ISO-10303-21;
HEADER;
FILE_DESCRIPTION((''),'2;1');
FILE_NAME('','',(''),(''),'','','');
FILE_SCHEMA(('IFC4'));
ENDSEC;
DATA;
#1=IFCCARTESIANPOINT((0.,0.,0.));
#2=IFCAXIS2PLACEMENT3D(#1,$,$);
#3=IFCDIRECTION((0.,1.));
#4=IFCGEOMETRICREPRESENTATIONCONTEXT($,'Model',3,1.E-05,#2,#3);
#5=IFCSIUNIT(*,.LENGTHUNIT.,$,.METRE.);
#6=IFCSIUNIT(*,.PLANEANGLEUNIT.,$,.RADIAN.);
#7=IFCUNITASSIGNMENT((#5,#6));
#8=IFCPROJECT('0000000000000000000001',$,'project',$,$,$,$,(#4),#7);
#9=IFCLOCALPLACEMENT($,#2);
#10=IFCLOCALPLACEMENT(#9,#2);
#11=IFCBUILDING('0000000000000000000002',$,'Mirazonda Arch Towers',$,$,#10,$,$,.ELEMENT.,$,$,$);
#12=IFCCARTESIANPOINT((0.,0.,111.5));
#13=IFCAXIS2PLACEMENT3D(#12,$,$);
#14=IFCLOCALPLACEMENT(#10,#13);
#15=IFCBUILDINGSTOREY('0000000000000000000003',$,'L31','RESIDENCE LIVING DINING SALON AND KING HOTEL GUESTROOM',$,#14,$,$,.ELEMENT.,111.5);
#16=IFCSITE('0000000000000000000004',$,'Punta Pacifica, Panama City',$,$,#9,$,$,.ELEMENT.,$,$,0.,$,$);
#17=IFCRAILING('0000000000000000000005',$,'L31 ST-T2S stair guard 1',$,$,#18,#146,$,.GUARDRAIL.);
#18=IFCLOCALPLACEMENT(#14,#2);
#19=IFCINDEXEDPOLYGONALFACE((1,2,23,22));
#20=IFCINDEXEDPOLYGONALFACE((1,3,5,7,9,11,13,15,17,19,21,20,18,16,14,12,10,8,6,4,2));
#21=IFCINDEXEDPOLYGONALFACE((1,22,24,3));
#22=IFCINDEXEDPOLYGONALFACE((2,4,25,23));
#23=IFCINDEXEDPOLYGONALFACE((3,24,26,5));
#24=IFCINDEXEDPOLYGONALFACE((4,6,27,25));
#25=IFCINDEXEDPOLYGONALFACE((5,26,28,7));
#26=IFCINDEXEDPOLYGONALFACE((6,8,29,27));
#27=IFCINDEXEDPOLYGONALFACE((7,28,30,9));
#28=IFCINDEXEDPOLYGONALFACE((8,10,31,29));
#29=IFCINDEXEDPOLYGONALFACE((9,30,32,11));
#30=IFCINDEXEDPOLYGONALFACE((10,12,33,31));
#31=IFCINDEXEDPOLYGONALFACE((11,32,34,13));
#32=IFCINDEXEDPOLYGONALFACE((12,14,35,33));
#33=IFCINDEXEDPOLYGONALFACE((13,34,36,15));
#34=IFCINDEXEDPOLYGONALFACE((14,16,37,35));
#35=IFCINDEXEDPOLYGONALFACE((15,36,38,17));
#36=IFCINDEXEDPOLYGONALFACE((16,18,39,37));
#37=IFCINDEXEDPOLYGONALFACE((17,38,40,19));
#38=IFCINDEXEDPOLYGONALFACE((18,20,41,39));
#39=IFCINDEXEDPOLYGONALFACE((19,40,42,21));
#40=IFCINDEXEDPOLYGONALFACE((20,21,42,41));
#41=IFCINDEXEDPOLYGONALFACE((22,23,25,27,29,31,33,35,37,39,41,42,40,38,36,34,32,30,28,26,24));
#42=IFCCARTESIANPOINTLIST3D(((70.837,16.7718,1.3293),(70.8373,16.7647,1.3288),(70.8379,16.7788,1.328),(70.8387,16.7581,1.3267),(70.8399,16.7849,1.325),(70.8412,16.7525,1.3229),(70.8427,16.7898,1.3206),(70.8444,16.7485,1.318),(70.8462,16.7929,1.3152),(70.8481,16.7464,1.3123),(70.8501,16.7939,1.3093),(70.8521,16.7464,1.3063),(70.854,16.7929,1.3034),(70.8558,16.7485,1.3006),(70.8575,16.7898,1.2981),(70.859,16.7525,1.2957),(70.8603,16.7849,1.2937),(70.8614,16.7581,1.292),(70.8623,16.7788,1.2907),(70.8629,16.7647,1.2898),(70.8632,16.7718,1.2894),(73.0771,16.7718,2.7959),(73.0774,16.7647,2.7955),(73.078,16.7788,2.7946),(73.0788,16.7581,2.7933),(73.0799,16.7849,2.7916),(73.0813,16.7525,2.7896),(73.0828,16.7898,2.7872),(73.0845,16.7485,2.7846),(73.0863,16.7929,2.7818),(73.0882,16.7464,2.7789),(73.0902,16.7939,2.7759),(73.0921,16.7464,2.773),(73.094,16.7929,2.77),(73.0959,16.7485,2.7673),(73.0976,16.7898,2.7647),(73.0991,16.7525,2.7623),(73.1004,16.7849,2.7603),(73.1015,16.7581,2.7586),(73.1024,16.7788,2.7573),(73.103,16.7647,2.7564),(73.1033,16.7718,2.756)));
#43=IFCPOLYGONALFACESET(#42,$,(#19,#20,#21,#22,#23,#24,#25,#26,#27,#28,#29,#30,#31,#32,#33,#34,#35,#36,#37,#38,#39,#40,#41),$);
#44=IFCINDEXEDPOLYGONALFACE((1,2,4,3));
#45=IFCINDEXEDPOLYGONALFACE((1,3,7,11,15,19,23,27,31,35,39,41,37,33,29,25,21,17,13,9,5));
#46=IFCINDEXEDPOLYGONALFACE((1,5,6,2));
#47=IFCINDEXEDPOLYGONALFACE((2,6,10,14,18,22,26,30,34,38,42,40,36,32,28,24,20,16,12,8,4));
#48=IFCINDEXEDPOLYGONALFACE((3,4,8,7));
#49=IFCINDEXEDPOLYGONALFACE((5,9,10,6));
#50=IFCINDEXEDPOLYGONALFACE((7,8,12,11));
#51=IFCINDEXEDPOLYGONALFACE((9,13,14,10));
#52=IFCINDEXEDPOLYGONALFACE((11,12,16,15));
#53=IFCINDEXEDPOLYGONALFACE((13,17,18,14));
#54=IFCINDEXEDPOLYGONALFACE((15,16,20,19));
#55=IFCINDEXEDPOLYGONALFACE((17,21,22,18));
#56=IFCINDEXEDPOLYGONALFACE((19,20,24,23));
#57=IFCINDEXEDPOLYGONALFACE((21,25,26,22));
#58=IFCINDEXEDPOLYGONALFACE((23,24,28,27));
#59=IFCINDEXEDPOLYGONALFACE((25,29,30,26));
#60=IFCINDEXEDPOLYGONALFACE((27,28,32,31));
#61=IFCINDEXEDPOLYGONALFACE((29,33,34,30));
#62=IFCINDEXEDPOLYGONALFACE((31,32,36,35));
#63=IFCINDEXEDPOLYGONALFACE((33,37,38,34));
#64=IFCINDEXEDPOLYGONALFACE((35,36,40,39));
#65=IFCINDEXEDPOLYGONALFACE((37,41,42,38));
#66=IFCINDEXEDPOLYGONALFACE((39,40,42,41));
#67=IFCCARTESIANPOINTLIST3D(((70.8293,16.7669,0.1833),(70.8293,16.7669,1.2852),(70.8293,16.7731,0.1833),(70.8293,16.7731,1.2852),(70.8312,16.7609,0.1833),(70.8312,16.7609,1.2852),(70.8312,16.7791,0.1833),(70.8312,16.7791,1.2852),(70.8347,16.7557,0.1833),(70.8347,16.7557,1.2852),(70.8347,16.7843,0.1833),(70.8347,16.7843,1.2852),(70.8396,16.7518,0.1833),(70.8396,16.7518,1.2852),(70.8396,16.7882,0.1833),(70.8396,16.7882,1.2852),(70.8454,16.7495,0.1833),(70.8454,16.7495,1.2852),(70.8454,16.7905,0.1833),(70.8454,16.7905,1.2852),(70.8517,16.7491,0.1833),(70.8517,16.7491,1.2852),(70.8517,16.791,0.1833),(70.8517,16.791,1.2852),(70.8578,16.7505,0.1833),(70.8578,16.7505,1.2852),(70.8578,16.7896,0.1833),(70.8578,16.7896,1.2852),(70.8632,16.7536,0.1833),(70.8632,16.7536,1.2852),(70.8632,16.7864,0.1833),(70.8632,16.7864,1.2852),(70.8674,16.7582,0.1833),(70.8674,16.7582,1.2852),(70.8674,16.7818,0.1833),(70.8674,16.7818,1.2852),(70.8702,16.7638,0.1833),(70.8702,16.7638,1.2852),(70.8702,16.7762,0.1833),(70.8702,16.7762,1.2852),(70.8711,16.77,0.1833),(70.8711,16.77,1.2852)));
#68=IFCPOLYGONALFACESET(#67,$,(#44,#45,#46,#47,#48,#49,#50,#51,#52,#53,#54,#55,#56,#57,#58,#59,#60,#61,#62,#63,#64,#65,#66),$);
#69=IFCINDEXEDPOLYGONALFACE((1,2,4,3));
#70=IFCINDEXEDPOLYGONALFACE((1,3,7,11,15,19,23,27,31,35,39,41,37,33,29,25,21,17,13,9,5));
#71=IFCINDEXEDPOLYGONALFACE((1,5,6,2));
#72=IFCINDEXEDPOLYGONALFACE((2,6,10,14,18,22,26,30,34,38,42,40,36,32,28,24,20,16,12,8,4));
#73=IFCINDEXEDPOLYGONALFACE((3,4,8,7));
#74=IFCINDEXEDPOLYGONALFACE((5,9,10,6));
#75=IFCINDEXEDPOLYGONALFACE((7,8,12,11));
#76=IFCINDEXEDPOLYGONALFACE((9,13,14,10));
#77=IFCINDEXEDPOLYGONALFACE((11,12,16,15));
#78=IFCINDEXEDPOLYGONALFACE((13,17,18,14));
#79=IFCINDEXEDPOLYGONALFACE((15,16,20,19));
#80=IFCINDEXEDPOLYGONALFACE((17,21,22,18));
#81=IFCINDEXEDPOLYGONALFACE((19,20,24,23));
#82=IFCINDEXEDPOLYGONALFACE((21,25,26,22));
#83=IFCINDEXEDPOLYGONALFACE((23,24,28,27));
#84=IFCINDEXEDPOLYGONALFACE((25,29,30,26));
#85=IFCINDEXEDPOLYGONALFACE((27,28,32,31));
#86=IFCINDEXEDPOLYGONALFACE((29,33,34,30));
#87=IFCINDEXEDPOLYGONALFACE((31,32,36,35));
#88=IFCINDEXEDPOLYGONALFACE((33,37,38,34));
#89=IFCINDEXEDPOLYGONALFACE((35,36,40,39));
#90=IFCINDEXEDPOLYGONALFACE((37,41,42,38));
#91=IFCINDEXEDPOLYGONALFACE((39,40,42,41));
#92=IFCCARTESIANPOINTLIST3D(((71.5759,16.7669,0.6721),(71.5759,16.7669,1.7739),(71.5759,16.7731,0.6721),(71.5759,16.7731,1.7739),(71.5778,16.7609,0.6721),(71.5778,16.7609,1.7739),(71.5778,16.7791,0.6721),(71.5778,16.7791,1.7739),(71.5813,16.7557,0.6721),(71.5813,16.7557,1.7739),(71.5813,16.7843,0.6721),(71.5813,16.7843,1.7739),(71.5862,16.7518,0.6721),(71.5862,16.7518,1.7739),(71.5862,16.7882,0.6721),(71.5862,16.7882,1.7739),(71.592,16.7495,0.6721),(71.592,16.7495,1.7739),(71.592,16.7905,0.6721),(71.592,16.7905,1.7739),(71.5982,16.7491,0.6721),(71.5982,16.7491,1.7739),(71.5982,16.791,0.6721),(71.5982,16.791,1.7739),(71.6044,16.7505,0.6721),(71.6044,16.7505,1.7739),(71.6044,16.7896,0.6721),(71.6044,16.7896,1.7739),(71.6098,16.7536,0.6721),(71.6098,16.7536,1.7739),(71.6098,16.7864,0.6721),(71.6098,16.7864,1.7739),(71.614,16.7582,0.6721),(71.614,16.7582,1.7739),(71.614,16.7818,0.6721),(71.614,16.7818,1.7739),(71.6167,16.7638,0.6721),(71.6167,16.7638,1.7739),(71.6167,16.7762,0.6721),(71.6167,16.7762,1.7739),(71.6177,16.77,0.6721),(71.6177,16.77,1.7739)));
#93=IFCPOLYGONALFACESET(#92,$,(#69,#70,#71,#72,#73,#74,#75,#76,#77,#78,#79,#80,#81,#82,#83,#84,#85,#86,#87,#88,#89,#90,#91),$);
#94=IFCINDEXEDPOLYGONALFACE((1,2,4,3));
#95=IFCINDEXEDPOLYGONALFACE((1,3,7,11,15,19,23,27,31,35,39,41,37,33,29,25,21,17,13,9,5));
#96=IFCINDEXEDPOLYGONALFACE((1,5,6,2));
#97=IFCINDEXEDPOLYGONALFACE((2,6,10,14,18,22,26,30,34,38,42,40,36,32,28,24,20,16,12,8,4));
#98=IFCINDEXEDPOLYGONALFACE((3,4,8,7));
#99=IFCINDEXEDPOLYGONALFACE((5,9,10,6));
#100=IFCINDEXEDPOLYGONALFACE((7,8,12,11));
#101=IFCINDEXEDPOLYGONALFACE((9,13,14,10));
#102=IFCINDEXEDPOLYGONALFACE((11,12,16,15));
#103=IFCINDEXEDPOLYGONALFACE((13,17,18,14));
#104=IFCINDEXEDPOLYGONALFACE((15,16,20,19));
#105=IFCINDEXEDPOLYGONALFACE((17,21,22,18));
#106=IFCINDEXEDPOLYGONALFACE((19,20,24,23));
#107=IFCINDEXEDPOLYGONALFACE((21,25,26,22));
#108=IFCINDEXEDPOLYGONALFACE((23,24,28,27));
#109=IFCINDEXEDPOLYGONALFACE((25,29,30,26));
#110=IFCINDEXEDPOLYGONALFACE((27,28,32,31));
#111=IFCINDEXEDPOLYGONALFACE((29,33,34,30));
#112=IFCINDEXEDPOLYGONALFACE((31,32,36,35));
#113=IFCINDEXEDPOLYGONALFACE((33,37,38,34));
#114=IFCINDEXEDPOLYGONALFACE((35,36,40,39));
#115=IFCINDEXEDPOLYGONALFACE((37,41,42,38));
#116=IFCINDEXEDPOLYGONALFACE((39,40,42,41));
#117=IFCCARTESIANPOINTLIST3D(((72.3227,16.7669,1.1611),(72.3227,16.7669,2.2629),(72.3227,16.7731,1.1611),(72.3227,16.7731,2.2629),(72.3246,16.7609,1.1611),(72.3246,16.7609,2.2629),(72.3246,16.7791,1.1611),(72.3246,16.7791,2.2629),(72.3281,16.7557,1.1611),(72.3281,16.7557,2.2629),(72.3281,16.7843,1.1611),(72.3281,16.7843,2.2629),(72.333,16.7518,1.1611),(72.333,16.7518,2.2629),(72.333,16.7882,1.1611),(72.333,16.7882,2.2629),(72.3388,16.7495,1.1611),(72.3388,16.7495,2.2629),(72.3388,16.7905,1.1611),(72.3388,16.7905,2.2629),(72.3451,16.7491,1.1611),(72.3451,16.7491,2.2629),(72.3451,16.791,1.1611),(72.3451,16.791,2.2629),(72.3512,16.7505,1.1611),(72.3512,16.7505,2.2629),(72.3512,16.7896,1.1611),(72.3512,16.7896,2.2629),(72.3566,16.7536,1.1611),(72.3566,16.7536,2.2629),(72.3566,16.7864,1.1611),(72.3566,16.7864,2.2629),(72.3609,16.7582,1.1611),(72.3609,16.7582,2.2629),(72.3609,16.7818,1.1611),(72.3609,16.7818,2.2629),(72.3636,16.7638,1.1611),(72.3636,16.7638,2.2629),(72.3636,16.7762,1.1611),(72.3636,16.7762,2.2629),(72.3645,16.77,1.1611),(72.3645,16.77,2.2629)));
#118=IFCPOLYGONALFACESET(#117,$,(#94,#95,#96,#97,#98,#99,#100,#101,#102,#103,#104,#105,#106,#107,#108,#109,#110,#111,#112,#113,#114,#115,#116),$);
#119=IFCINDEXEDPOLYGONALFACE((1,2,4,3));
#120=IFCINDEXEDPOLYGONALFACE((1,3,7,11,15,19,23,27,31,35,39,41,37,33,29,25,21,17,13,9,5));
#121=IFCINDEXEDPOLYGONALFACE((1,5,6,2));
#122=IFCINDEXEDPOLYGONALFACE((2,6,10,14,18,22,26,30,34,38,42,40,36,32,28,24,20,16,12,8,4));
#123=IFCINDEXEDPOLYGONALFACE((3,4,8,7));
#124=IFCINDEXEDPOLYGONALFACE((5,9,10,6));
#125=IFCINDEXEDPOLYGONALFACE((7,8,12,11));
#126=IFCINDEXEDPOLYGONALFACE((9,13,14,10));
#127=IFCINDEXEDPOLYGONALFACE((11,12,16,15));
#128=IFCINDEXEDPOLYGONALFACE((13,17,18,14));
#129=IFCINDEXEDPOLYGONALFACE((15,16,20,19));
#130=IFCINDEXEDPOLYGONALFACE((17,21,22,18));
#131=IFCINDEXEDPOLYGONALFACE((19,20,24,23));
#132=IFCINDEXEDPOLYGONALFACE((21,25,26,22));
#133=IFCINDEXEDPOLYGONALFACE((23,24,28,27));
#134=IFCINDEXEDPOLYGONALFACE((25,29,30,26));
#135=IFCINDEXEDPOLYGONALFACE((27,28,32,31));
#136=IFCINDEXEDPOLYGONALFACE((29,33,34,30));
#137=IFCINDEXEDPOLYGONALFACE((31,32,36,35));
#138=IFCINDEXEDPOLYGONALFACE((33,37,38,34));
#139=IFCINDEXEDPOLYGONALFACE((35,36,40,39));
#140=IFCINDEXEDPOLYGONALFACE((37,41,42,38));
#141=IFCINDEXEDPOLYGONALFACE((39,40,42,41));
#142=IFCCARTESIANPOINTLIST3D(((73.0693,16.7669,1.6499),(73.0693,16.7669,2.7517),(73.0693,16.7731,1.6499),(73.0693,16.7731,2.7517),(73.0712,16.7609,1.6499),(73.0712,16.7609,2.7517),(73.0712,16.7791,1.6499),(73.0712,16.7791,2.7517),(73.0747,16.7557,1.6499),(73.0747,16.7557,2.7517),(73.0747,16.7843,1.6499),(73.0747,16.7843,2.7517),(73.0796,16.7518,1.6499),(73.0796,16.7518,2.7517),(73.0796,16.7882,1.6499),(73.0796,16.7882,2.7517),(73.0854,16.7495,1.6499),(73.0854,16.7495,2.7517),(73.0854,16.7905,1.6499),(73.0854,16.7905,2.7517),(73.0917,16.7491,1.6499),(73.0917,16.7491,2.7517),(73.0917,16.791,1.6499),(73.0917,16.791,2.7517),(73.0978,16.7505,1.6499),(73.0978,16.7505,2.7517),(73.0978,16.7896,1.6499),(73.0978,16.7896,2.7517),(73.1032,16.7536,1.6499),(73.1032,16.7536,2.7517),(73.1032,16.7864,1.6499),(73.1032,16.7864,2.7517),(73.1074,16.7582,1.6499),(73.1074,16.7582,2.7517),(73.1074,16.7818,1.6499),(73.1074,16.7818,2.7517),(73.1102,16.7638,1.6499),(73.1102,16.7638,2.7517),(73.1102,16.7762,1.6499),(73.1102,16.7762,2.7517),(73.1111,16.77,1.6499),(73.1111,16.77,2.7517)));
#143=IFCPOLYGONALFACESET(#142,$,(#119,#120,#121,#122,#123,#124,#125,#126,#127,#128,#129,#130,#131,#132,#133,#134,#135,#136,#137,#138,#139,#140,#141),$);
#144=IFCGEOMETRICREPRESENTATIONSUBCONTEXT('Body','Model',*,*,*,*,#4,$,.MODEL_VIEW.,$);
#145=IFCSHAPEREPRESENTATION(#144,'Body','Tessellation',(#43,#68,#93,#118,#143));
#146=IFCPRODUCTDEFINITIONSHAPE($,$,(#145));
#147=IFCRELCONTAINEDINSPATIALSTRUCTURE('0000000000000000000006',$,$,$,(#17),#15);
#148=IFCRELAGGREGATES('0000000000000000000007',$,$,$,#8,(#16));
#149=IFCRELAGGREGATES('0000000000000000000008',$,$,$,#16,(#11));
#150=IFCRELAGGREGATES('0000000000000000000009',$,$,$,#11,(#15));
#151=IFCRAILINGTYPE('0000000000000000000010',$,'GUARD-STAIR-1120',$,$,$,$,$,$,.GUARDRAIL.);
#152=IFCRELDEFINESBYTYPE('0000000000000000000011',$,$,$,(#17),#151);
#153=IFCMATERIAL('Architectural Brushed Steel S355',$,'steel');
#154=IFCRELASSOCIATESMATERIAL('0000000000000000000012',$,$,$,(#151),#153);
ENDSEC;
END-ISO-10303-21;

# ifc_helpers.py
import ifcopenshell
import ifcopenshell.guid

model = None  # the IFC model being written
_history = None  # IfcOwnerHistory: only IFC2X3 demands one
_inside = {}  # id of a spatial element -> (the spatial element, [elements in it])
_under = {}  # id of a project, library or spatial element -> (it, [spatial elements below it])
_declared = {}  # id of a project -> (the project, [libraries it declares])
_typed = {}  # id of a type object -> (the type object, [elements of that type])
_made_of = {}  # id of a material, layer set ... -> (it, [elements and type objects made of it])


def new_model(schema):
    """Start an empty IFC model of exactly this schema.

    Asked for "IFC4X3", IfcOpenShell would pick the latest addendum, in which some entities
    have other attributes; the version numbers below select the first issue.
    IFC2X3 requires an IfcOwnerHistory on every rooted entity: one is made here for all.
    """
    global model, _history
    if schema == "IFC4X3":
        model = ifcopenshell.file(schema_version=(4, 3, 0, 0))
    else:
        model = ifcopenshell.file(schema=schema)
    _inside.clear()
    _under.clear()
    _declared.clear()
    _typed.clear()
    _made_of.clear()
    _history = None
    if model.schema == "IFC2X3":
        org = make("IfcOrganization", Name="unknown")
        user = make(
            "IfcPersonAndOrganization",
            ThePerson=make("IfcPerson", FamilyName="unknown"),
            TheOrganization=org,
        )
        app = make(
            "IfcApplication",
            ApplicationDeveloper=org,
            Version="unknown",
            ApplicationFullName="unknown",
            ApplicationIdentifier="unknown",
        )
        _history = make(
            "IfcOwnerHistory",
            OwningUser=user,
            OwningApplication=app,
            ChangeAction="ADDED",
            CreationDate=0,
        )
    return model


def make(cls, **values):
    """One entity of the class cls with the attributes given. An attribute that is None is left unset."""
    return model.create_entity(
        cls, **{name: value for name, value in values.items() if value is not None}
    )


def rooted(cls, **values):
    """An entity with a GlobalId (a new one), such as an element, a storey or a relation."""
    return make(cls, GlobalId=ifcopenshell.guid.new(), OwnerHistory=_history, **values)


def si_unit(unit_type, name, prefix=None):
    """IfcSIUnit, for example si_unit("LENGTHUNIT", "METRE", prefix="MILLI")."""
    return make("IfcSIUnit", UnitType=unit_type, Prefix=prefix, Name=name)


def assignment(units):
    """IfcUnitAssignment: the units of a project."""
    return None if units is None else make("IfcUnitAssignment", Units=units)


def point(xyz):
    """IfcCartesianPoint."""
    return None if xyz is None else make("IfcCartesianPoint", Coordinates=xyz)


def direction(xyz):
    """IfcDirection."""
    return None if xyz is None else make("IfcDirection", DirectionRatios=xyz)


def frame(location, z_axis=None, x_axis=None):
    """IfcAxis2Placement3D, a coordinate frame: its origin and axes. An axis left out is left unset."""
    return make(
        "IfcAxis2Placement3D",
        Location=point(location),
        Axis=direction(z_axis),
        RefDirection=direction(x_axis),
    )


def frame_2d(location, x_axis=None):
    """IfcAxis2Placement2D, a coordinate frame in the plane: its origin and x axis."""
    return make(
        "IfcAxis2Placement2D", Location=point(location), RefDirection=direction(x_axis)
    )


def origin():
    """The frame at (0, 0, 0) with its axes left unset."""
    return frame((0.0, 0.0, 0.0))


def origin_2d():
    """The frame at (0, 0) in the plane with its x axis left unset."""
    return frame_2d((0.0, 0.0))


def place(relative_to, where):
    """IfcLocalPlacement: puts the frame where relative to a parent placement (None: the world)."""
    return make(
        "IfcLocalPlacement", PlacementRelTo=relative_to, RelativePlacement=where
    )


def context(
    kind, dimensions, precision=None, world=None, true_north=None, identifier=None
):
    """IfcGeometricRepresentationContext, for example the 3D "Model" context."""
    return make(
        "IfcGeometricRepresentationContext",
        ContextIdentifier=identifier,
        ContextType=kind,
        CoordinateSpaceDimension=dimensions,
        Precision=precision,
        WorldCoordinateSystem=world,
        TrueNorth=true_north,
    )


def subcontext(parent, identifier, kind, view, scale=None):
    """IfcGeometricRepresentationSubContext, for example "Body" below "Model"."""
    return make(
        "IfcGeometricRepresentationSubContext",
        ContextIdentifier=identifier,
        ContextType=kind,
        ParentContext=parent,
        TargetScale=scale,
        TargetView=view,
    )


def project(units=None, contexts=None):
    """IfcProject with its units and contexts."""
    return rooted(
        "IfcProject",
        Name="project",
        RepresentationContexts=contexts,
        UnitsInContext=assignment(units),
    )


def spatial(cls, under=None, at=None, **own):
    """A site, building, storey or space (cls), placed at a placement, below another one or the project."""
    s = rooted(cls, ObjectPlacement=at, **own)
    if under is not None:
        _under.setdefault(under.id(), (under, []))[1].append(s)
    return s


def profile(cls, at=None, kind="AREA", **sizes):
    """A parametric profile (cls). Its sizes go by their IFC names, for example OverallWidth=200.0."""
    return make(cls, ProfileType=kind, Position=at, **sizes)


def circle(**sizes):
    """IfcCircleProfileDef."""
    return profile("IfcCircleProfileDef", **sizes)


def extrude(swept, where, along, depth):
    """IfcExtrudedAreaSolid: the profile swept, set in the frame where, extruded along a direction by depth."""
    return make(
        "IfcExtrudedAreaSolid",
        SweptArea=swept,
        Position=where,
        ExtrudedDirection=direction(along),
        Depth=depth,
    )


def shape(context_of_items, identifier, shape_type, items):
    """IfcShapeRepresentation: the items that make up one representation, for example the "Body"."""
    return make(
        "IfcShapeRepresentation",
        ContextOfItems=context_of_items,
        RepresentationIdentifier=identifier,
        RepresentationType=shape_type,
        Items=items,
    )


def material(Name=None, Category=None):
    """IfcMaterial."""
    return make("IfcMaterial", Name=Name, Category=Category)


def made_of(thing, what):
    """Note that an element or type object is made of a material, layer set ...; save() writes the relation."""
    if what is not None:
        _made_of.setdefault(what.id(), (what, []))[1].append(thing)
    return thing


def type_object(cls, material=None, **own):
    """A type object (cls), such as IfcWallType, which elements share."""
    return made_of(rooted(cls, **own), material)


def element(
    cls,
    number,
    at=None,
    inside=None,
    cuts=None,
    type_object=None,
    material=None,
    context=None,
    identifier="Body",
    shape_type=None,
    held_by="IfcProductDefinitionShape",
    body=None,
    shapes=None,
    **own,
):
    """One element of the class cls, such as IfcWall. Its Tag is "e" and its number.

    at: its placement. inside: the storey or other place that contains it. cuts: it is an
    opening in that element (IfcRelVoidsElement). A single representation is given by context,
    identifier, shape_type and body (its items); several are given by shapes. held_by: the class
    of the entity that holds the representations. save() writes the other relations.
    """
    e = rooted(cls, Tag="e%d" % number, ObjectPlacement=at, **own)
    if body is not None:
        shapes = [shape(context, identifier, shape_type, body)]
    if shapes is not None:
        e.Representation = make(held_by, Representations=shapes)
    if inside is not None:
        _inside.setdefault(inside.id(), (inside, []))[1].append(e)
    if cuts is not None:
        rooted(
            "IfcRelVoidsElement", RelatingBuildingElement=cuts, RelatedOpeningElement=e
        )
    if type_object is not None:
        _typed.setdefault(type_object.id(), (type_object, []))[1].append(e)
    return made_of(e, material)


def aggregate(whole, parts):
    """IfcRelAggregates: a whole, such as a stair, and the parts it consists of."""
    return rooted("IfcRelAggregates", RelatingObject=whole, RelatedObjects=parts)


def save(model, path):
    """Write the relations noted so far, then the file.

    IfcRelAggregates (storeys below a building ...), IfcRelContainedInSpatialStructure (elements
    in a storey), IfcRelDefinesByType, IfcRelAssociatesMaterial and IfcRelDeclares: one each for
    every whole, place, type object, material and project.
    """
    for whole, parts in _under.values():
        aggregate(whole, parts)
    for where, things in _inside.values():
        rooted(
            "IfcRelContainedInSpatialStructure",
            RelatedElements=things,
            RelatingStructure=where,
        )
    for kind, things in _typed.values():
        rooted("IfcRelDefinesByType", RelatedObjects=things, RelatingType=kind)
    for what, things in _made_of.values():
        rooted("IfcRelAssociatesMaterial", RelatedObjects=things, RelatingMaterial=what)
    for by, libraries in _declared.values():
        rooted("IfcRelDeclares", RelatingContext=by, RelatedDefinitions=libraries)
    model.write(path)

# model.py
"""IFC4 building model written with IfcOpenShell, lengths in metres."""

from ifc_helpers import new_model, si_unit, direction, frame, origin, origin_2d, place, context, subcontext, project, spatial, circle, extrude, material, type_object, element, save


model = new_model("IFC4")

# Units and contexts
model_context = context("Model", 3, precision=1e-05, world=origin(), true_north=direction((0.0, 1.0)))
body_context = subcontext(model_context, "Body", "Model", "MODEL_VIEW")
ifc_project = project(units=[si_unit("LENGTHUNIT", "METRE"), si_unit("PLANEANGLEUNIT", "RADIAN")], contexts=[model_context])

# Site, building, storey
site_placement = place(None, origin())
site = spatial("IfcSite", under=ifc_project, at=site_placement, Name="Punta Pacifica, Panama City", CompositionType="ELEMENT", RefElevation=0.0)
building_placement = place(site_placement, origin())
building = spatial("IfcBuilding", under=site, at=building_placement, Name="Mirazonda Arch Towers", CompositionType="ELEMENT")
storey_placement = place(building_placement, frame((0.0, 0.0, 111.5)))
storey = spatial("IfcBuildingStorey", under=building, at=storey_placement, Name="L31", Description="RESIDENCE LIVING DINING SALON AND KING HOTEL GUESTROOM", CompositionType="ELEMENT", Elevation=111.5)

# Railing
ifc_material_1 = material(Name="Architectural Brushed Steel S355", Category="steel")
railing_type = type_object("IfcRailingType", Name="GUARD-STAIR-1120", PredefinedType="GUARDRAIL", material=ifc_material_1)
railing_1_placement = place(storey_placement, frame((70.8501, 16.77, 0.1833)))
element("IfcRailing", 1, at=railing_1_placement, inside=storey, type_object=railing_type, Name="L31 ST-T2S stair guard 1", PredefinedType="GUARDRAIL", context=body_context, shape_type="SweptSolid", body=[
    extrude(circle(Radius=0.0239, at=origin_2d()), frame((0.0, 0.0, 1.126), z_axis=(0.836637, 0.0, 0.547758), x_axis=(0.0, 1.0, 0.0)), (0.0, 0.0, 1.0), 2.6775),
    extrude(circle(Radius=0.021, at=origin_2d()), origin(), (0.0, 0.0, 1.0), 1.1018),
    extrude(circle(Radius=0.021, at=origin_2d()), frame((0.7466, 0.0, 0.4888)), (0.0, 0.0, 1.0), 1.1018),
    extrude(circle(Radius=0.021, at=origin_2d()), frame((1.4934, 0.0, 0.9778)), (0.0, 0.0, 1.0), 1.1018),
    extrude(circle(Radius=0.021, at=origin_2d()), frame((2.24, 0.0, 1.4666)), (0.0, 0.0, 1.0), 1.1018),
])

save(model, "model.ifc")
